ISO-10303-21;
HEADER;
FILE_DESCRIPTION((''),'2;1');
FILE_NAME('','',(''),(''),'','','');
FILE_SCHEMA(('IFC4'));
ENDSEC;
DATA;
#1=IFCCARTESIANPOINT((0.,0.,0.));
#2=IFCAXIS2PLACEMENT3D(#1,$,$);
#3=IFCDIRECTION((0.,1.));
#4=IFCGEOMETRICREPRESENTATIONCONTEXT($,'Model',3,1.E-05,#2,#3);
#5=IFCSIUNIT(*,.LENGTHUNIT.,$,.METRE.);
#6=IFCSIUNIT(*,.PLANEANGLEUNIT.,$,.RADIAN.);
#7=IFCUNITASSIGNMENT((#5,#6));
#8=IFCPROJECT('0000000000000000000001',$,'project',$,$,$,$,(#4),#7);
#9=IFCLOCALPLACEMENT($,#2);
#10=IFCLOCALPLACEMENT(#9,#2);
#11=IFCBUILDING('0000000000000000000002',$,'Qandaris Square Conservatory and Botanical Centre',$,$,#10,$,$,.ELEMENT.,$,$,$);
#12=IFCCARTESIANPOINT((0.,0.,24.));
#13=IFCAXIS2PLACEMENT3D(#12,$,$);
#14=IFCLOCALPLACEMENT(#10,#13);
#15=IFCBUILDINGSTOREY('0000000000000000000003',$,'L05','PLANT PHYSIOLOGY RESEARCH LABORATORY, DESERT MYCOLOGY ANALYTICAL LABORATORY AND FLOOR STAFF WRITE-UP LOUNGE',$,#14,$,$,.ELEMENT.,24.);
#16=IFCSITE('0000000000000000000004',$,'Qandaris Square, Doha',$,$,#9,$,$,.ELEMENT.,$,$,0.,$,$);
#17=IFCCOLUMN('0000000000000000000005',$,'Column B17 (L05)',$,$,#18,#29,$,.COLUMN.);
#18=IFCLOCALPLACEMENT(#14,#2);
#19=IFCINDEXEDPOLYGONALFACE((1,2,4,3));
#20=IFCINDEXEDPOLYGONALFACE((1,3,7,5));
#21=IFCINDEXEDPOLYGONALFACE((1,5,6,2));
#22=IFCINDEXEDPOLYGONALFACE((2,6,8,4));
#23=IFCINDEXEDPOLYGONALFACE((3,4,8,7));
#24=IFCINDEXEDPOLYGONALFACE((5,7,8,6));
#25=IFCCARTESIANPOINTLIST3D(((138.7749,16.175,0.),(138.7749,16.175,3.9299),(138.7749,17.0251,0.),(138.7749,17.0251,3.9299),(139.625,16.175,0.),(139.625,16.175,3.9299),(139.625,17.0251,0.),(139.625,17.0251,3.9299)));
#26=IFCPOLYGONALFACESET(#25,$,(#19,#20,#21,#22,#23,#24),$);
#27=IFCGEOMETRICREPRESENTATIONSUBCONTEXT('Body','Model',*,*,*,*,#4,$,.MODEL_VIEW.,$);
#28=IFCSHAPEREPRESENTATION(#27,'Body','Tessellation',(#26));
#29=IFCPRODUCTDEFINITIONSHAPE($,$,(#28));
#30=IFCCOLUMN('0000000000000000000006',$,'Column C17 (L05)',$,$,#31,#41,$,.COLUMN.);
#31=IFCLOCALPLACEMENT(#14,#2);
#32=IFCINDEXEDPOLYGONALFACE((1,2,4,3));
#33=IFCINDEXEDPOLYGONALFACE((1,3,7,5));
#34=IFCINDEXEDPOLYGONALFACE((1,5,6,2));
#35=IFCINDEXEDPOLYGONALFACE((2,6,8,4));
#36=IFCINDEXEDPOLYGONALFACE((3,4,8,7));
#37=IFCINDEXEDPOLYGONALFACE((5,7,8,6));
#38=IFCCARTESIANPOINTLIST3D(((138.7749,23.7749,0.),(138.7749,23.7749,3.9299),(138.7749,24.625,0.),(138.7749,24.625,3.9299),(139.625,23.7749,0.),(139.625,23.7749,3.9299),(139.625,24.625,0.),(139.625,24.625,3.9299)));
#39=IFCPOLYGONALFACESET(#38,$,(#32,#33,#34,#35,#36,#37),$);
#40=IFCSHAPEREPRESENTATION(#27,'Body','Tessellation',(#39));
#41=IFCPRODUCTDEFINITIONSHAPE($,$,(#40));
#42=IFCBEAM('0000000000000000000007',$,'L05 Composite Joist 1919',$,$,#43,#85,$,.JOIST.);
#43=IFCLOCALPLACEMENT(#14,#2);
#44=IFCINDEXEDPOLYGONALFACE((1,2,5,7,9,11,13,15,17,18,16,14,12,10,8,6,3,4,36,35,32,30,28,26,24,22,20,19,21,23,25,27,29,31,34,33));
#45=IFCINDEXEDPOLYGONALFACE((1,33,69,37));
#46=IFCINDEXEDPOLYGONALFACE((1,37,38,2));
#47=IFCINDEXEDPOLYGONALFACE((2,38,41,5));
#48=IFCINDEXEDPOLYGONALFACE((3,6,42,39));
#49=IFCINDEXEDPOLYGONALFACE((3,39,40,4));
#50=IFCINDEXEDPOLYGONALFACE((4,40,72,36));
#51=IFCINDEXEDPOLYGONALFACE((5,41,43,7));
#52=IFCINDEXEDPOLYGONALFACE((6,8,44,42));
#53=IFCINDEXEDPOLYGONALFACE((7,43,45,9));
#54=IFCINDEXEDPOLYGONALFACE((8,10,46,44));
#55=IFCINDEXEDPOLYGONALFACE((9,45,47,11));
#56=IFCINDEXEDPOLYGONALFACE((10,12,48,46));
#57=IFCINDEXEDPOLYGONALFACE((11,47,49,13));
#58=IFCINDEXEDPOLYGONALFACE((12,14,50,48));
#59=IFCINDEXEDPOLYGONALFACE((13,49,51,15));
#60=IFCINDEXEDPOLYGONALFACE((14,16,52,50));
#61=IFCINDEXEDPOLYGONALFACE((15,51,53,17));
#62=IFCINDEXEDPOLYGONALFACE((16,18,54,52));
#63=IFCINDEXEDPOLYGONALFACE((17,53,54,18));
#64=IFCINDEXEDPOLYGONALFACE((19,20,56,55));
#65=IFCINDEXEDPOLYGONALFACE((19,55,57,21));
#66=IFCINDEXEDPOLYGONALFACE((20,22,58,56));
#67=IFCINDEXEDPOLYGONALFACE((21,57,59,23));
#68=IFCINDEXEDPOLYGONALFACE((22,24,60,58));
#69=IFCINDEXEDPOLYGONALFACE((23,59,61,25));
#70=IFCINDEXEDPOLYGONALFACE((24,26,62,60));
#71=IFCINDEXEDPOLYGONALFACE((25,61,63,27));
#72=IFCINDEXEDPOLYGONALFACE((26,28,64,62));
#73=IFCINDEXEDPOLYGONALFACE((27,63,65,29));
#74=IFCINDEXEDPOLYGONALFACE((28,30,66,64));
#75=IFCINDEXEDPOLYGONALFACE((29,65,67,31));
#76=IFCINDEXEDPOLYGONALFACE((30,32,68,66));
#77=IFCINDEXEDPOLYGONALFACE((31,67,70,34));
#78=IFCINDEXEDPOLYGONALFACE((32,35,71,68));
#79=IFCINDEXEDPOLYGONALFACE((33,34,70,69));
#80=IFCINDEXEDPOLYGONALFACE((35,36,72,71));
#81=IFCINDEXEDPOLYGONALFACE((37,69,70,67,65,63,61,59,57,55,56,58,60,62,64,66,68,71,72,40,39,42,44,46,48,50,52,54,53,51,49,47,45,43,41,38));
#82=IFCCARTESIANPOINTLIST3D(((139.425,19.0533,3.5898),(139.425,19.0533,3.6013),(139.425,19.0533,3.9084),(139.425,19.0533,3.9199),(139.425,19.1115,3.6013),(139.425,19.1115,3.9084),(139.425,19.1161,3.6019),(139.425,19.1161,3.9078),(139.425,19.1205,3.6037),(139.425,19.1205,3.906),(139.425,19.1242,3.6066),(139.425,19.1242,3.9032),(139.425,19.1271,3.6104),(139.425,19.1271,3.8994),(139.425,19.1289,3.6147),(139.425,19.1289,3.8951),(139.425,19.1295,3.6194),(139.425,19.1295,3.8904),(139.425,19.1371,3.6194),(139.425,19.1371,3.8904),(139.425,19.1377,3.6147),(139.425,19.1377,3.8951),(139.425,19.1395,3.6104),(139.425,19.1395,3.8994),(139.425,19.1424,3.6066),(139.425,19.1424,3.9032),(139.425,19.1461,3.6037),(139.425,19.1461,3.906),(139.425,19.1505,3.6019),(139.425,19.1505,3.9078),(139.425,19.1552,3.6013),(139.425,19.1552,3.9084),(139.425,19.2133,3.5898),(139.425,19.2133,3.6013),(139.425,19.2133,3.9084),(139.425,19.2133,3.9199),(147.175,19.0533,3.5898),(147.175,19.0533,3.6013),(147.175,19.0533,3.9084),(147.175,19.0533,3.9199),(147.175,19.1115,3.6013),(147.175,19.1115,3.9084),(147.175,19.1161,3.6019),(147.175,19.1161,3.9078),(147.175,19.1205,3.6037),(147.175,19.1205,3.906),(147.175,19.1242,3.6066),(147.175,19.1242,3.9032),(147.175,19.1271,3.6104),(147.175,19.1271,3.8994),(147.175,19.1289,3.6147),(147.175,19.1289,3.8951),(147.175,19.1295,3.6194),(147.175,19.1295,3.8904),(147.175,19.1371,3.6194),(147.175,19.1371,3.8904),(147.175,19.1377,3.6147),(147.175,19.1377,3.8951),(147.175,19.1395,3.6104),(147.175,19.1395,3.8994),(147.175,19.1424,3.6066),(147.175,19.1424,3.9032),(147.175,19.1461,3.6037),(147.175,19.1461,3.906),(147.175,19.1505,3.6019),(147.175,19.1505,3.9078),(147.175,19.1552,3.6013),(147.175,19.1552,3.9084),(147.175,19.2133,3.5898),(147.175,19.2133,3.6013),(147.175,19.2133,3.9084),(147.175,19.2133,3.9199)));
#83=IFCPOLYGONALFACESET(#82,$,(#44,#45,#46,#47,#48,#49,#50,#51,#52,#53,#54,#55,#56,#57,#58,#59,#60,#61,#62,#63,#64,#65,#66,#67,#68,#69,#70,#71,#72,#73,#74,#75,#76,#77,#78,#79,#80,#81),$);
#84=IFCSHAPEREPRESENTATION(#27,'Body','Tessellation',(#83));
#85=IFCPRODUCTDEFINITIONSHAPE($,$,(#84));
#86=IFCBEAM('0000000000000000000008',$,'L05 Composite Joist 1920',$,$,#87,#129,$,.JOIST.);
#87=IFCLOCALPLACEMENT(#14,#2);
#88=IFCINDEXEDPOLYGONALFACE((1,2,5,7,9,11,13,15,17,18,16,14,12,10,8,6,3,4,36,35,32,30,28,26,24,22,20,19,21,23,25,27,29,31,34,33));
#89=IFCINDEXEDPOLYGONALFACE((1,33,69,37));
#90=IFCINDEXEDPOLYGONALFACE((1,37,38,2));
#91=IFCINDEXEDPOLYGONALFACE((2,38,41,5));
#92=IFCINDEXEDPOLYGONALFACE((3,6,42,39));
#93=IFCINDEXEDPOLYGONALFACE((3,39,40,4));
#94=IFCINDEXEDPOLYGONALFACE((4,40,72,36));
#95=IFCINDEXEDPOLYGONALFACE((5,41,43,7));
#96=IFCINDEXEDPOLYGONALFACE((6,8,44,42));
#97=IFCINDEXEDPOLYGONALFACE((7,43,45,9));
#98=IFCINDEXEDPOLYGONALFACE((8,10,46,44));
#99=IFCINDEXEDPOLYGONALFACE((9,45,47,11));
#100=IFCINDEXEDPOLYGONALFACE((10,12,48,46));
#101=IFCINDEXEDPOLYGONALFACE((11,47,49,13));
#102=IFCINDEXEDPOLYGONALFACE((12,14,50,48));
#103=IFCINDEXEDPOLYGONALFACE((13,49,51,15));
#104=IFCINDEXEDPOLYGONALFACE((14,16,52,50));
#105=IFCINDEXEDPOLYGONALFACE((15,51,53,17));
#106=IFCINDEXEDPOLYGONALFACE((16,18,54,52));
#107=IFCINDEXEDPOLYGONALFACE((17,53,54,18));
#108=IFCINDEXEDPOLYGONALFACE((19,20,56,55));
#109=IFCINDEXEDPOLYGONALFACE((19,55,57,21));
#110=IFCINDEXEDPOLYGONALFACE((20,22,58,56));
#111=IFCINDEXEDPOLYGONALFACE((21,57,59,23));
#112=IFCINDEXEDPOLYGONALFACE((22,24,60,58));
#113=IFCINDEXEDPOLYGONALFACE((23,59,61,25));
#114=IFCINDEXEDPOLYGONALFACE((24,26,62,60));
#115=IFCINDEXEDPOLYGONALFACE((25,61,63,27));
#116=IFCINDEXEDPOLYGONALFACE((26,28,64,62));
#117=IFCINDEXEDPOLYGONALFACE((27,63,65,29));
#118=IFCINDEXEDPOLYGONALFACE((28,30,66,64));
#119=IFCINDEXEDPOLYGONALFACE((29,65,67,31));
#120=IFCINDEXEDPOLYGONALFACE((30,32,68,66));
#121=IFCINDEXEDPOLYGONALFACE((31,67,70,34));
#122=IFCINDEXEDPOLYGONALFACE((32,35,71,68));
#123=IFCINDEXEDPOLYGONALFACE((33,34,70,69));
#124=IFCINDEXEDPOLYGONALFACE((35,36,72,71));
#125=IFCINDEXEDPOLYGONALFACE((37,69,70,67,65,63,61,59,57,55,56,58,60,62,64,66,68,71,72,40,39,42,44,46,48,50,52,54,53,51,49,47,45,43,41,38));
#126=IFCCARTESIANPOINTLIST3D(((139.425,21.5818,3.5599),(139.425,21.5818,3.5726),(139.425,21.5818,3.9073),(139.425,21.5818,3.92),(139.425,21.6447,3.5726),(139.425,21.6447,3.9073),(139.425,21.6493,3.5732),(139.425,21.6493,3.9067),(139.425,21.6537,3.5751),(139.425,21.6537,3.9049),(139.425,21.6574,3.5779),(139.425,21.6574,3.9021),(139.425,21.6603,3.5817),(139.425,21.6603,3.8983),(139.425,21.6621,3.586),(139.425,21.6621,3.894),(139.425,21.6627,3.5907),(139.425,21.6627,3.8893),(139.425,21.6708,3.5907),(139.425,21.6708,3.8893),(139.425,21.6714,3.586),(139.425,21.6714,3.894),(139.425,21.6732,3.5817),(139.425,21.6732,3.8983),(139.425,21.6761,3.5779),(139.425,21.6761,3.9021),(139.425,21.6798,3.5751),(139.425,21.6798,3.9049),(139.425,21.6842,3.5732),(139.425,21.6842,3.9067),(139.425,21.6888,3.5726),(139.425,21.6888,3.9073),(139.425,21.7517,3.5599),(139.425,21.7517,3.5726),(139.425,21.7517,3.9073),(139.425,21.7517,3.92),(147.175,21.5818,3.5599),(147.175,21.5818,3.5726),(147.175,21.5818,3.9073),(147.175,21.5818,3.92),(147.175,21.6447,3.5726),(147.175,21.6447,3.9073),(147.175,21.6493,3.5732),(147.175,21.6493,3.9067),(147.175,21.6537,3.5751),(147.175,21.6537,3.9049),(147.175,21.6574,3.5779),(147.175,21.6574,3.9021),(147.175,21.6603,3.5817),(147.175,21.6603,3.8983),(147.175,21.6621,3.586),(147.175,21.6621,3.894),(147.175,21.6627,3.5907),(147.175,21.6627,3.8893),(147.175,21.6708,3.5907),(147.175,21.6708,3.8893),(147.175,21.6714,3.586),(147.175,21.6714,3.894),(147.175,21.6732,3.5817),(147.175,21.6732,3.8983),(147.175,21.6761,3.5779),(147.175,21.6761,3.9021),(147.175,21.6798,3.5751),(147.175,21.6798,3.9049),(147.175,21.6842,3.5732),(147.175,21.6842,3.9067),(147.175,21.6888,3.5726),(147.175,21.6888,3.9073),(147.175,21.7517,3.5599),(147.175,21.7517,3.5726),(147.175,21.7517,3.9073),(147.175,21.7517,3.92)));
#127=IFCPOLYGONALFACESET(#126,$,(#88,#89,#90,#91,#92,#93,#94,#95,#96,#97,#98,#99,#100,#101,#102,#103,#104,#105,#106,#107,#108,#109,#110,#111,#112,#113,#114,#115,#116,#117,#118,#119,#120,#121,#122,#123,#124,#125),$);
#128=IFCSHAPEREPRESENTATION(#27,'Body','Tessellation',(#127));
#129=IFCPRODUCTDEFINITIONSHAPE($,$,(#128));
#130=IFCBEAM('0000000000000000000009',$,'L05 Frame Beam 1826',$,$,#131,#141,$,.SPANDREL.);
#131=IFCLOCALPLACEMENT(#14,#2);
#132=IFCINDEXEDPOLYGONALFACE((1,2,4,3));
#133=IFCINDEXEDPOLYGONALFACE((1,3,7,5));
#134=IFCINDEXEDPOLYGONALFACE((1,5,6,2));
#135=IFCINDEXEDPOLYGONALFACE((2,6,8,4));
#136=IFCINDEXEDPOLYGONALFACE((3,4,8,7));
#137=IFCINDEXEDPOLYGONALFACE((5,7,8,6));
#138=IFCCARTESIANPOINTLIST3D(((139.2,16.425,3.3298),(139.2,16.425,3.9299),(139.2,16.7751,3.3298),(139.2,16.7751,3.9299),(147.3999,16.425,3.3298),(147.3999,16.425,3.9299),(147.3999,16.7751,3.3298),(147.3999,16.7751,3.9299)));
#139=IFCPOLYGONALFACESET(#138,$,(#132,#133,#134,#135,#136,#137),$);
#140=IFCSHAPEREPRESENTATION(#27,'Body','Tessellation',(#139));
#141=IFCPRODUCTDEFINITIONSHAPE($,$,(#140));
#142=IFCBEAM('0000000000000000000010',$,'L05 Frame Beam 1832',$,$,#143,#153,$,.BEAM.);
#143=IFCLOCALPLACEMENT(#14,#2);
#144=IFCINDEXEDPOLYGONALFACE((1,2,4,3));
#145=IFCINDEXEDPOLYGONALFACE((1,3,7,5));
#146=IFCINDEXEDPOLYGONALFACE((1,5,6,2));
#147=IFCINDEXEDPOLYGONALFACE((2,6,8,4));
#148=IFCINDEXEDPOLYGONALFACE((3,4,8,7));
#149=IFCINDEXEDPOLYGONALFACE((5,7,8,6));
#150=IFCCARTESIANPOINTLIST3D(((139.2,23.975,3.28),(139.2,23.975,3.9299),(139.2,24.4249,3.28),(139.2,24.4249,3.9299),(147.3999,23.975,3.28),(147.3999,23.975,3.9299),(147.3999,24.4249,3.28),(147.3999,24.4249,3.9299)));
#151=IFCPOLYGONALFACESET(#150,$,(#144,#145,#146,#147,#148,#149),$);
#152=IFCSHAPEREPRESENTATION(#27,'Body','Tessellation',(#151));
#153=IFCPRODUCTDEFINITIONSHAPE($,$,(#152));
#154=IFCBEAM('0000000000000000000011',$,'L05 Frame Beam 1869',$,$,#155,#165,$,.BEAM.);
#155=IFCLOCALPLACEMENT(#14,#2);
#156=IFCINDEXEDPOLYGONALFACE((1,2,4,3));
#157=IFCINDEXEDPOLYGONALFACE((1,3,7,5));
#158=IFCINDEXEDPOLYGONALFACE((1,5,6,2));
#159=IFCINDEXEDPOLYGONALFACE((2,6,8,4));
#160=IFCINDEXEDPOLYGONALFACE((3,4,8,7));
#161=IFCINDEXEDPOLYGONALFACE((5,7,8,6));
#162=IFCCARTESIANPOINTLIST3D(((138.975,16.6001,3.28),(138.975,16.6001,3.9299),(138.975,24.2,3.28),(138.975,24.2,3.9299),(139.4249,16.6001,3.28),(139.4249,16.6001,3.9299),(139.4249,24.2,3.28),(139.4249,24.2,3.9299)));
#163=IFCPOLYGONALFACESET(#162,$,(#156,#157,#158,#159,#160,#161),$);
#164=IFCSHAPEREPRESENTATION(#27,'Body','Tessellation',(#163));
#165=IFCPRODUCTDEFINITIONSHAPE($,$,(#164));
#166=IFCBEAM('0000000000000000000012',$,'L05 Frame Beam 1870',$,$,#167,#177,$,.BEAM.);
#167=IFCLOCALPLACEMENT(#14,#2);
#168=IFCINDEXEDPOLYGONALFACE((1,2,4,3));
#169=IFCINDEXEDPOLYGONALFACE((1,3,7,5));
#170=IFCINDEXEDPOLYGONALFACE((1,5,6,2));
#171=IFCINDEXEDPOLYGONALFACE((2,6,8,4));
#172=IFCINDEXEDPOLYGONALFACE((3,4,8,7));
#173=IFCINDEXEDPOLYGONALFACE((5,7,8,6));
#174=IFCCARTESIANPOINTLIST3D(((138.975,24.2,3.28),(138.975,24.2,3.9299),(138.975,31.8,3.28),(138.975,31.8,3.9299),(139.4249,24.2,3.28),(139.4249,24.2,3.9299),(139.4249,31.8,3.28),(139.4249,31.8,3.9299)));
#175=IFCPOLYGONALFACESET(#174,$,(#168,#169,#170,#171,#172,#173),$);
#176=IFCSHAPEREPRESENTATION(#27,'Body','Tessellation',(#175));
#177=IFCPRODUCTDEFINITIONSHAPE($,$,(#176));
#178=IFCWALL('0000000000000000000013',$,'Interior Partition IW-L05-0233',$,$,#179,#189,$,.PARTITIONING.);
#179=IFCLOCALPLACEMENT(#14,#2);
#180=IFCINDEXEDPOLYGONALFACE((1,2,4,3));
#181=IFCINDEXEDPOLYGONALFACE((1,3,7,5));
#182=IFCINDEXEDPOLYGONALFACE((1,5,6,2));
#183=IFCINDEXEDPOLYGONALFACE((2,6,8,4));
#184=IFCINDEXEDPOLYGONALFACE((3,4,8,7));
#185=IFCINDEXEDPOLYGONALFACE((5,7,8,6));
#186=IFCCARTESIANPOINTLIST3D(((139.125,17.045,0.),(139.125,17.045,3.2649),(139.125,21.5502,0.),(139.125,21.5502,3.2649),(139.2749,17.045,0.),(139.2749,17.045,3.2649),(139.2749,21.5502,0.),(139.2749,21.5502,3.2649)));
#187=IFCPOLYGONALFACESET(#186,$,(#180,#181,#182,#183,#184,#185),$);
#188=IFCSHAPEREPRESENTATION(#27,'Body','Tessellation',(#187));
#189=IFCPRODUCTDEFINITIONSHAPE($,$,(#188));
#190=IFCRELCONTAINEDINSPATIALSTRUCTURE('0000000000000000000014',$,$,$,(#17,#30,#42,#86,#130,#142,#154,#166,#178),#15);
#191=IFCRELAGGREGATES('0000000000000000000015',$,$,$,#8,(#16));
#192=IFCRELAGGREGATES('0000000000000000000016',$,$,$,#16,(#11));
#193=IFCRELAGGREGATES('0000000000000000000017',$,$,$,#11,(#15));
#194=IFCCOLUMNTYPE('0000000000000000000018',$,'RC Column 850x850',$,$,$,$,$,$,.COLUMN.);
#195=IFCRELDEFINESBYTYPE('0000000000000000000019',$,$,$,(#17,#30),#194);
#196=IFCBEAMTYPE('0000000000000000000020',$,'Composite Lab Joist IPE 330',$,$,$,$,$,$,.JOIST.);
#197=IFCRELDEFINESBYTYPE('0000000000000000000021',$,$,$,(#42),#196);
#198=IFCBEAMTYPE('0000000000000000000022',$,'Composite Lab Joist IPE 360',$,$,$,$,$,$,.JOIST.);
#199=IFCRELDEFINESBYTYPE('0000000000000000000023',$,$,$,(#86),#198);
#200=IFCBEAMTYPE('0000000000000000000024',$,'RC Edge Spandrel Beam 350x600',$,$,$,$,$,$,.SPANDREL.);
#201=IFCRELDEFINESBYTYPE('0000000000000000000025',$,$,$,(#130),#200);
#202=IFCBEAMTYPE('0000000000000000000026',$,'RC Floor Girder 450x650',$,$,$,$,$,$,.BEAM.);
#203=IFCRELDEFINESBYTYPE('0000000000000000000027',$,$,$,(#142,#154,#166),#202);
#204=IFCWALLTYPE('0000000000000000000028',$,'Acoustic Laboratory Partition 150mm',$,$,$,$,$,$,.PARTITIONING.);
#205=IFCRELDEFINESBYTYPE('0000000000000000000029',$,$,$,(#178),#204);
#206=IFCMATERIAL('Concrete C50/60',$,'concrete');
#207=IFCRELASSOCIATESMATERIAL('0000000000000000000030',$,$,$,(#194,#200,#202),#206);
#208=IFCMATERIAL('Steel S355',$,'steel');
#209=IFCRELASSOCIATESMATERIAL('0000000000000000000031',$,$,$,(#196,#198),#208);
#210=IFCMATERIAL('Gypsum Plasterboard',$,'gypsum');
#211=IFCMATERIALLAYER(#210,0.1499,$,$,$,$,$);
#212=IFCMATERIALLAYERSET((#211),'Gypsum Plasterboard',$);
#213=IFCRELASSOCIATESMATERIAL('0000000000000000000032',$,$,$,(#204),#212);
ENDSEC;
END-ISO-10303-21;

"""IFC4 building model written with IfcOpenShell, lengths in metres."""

from ifc_helpers import new_model, si_unit, direction, frame, frame_2d, origin, origin_2d, place, context, subcontext, project, spatial, rectangle, i_section, extrude, material, layer, layer_set, material_profile, profile_set, type_object, element, save


model = new_model("IFC4")

# Units and contexts
model_context = context("Model", 3, precision=1e-05, world=origin(), true_north=direction((0.0, 1.0)))
body_context = subcontext(model_context, "Body", "Model", "MODEL_VIEW")
ifc_project = project(units=[si_unit("LENGTHUNIT", "METRE"), si_unit("PLANEANGLEUNIT", "RADIAN")], contexts=[model_context])

# Site, building, storey
site_placement = place(None, origin())
site = spatial("IfcSite", under=ifc_project, at=site_placement, Name="Qandaris Square, Doha", CompositionType="ELEMENT", RefElevation=0.0)
building_placement = place(site_placement, origin())
building = spatial("IfcBuilding", under=site, at=building_placement, Name="Qandaris Square Conservatory and Botanical Centre", CompositionType="ELEMENT")
storey_placement = place(building_placement, frame((0.0, 0.0, 24.0)))
storey = spatial("IfcBuildingStorey", under=building, at=storey_placement, Name="L05", Description="PLANT PHYSIOLOGY RESEARCH LABORATORY, DESERT MYCOLOGY ANALYTICAL LABORATORY AND FLOOR STAFF WRITE-UP LOUNGE", CompositionType="ELEMENT", Elevation=24.0)

# Columns
ifc_material_1 = material(Name="Concrete C50/60", Category="concrete")
ifc_material_profile_1 = material_profile(ifc_material_1, rectangle(XDim=0.8501, YDim=0.8501, at=origin_2d()), Name="RC-COL 850x850")
ifc_profile_set_1 = profile_set([ifc_material_profile_1], Name="Concrete C50/60")
column_type = type_object("IfcColumnType", Name="RC Column 850x850", PredefinedType="COLUMN", material=ifc_profile_set_1)
for number, where, z_axis, x_axis, name in (
    (1, (139.2, 16.6001, 0.0), (0.0, 0.0, 1.0), (1.0, 0.0, 0.0), "Column B17 (L05)"),
    (2, (139.2, 24.2, 0.0), (0.0, 0.0, 1.0), (1.0, 0.0, 0.0), "Column C17 (L05)"),
):
    element("IfcColumn", number, at=place(storey_placement, frame(where, z_axis=z_axis, x_axis=x_axis)), inside=storey, type_object=column_type, Name=name, PredefinedType="COLUMN", context=body_context, shape_type="SweptSolid", body=[
        extrude(rectangle(XDim=0.8501, YDim=0.8501, at=origin_2d()), origin(), (0.0, 0.0, 1.0), 3.9299),
    ])

# Beams
ifc_material_2 = material(Name="Steel S355", Category="steel")
ifc_material_profile_2 = material_profile(ifc_material_2, i_section(OverallWidth=0.1599, OverallDepth=0.3301, WebThickness=0.0076, FlangeThickness=0.0115, FilletRadius=0.0181, at=origin_2d()), Name="IPE 330")
ifc_profile_set_2 = profile_set([ifc_material_profile_2], Name="Steel S355")
beam_type_1 = type_object("IfcBeamType", Name="Composite Lab Joist IPE 330", PredefinedType="JOIST", material=ifc_profile_set_2)
beam_1_placement = place(storey_placement, frame((139.425, 19.1333, 3.7549), z_axis=(1.0, 0.0, 0.0), x_axis=(0.0, 1.0, 0.0)))
element("IfcBeam", 3, at=beam_1_placement, inside=storey, type_object=beam_type_1, Name="L05 Composite Joist 1919", PredefinedType="JOIST", context=body_context, shape_type="SweptSolid", body=[
    extrude(i_section(OverallWidth=0.1599, OverallDepth=0.3301, WebThickness=0.0076, FlangeThickness=0.0115, FilletRadius=0.0181, at=origin_2d()), origin(), (0.0, 0.0, 1.0), 7.75),
])
ifc_material_profile_3 = material_profile(ifc_material_2, i_section(OverallWidth=0.1699, OverallDepth=0.3601, WebThickness=0.0081, FlangeThickness=0.0127, FilletRadius=0.0181, at=origin_2d()), Name="IPE 360")
ifc_profile_set_3 = profile_set([ifc_material_profile_3], Name="Steel S355")
beam_type_2 = type_object("IfcBeamType", Name="Composite Lab Joist IPE 360", PredefinedType="JOIST", material=ifc_profile_set_3)
beam_2_placement = place(storey_placement, frame((139.425, 21.6667, 3.74), z_axis=(1.0, 0.0, 0.0), x_axis=(0.0, 1.0, 0.0)))
element("IfcBeam", 4, at=beam_2_placement, inside=storey, type_object=beam_type_2, Name="L05 Composite Joist 1920", PredefinedType="JOIST", context=body_context, shape_type="SweptSolid", body=[
    extrude(i_section(OverallWidth=0.1699, OverallDepth=0.3601, WebThickness=0.0081, FlangeThickness=0.0127, FilletRadius=0.0181, at=origin_2d()), origin(), (0.0, 0.0, 1.0), 7.75),
])
ifc_material_profile_4 = material_profile(ifc_material_1, rectangle(XDim=0.3501, YDim=0.6001, at=origin_2d()), Name="RC-SP 350x600")
ifc_profile_set_4 = profile_set([ifc_material_profile_4], Name="Concrete C50/60")
beam_type_3 = type_object("IfcBeamType", Name="RC Edge Spandrel Beam 350x600", PredefinedType="SPANDREL", material=ifc_profile_set_4)
beam_3_placement = place(storey_placement, frame((139.2, 16.6001, 3.6299), z_axis=(1.0, 0.0, 0.0), x_axis=(0.0, 1.0, 0.0)))
element("IfcBeam", 5, at=beam_3_placement, inside=storey, type_object=beam_type_3, Name="L05 Frame Beam 1826", PredefinedType="SPANDREL", context=body_context, shape_type="SweptSolid", body=[
    extrude(rectangle(XDim=0.3501, YDim=0.6001, at=origin_2d()), origin(), (0.0, 0.0, 1.0), 8.2),
])
ifc_material_profile_5 = material_profile(ifc_material_1, rectangle(XDim=0.45, YDim=0.6499, at=origin_2d()), Name="RC-BM 450x650")
ifc_profile_set_5 = profile_set([ifc_material_profile_5], Name="Concrete C50/60")
beam_type_4 = type_object("IfcBeamType", Name="RC Floor Girder 450x650", PredefinedType="BEAM", material=ifc_profile_set_5)
beam_4_placement = place(storey_placement, frame((139.2, 24.2, 3.605), z_axis=(1.0, 0.0, 0.0), x_axis=(0.0, 1.0, 0.0)))
element("IfcBeam", 6, at=beam_4_placement, inside=storey, type_object=beam_type_4, Name="L05 Frame Beam 1832", PredefinedType="BEAM", context=body_context, shape_type="SweptSolid", body=[
    extrude(rectangle(XDim=0.45, YDim=0.6499, at=origin_2d()), origin(), (0.0, 0.0, 1.0), 8.2),
])
beam_5_placement = place(storey_placement, frame((139.2, 16.6001, 3.605), z_axis=(0.0, 1.0, 0.0), x_axis=(-1.0, 0.0, 0.0)))
element("IfcBeam", 7, at=beam_5_placement, inside=storey, type_object=beam_type_4, Name="L05 Frame Beam 1869", PredefinedType="BEAM", context=body_context, shape_type="SweptSolid", body=[
    extrude(rectangle(XDim=0.45, YDim=0.6499, at=origin_2d()), origin(), (0.0, 0.0, 1.0), 7.5999),
])
beam_6_placement = place(storey_placement, frame((139.2, 24.2, 3.605), z_axis=(0.0, 1.0, 0.0), x_axis=(-1.0, 0.0, 0.0)))
element("IfcBeam", 8, at=beam_6_placement, inside=storey, type_object=beam_type_4, Name="L05 Frame Beam 1870", PredefinedType="BEAM", context=body_context, shape_type="SweptSolid", body=[
    extrude(rectangle(XDim=0.45, YDim=0.6499, at=origin_2d()), origin(), (0.0, 0.0, 1.0), 7.6001),
])

# Wall
ifc_material_3 = material(Name="Gypsum Plasterboard", Category="gypsum")
ifc_layer_1 = layer(ifc_material_3, 0.1499)
ifc_layer_set_1 = layer_set([ifc_layer_1], Name="Gypsum Plasterboard")
wall_type_1 = type_object("IfcWallType", Name="Acoustic Laboratory Partition 150mm", PredefinedType="PARTITIONING", material=ifc_layer_set_1)
wall_1_placement = place(storey_placement, frame((139.2, 21.55, 0.0), z_axis=(0.0, 0.0, 1.0), x_axis=(0.0, -1.0, 0.0)))
element("IfcWall", 9, at=wall_1_placement, inside=storey, type_object=wall_type_1, Name="Interior Partition IW-L05-0233", PredefinedType="PARTITIONING", context=body_context, shape_type="SweptSolid", body=[
    extrude(rectangle(XDim=4.5051, YDim=0.1499, at=frame_2d((2.2524, 0.0))), origin(), (0.0, 0.0, 1.0), 3.2649),
])

save(model, "model.ifc")
